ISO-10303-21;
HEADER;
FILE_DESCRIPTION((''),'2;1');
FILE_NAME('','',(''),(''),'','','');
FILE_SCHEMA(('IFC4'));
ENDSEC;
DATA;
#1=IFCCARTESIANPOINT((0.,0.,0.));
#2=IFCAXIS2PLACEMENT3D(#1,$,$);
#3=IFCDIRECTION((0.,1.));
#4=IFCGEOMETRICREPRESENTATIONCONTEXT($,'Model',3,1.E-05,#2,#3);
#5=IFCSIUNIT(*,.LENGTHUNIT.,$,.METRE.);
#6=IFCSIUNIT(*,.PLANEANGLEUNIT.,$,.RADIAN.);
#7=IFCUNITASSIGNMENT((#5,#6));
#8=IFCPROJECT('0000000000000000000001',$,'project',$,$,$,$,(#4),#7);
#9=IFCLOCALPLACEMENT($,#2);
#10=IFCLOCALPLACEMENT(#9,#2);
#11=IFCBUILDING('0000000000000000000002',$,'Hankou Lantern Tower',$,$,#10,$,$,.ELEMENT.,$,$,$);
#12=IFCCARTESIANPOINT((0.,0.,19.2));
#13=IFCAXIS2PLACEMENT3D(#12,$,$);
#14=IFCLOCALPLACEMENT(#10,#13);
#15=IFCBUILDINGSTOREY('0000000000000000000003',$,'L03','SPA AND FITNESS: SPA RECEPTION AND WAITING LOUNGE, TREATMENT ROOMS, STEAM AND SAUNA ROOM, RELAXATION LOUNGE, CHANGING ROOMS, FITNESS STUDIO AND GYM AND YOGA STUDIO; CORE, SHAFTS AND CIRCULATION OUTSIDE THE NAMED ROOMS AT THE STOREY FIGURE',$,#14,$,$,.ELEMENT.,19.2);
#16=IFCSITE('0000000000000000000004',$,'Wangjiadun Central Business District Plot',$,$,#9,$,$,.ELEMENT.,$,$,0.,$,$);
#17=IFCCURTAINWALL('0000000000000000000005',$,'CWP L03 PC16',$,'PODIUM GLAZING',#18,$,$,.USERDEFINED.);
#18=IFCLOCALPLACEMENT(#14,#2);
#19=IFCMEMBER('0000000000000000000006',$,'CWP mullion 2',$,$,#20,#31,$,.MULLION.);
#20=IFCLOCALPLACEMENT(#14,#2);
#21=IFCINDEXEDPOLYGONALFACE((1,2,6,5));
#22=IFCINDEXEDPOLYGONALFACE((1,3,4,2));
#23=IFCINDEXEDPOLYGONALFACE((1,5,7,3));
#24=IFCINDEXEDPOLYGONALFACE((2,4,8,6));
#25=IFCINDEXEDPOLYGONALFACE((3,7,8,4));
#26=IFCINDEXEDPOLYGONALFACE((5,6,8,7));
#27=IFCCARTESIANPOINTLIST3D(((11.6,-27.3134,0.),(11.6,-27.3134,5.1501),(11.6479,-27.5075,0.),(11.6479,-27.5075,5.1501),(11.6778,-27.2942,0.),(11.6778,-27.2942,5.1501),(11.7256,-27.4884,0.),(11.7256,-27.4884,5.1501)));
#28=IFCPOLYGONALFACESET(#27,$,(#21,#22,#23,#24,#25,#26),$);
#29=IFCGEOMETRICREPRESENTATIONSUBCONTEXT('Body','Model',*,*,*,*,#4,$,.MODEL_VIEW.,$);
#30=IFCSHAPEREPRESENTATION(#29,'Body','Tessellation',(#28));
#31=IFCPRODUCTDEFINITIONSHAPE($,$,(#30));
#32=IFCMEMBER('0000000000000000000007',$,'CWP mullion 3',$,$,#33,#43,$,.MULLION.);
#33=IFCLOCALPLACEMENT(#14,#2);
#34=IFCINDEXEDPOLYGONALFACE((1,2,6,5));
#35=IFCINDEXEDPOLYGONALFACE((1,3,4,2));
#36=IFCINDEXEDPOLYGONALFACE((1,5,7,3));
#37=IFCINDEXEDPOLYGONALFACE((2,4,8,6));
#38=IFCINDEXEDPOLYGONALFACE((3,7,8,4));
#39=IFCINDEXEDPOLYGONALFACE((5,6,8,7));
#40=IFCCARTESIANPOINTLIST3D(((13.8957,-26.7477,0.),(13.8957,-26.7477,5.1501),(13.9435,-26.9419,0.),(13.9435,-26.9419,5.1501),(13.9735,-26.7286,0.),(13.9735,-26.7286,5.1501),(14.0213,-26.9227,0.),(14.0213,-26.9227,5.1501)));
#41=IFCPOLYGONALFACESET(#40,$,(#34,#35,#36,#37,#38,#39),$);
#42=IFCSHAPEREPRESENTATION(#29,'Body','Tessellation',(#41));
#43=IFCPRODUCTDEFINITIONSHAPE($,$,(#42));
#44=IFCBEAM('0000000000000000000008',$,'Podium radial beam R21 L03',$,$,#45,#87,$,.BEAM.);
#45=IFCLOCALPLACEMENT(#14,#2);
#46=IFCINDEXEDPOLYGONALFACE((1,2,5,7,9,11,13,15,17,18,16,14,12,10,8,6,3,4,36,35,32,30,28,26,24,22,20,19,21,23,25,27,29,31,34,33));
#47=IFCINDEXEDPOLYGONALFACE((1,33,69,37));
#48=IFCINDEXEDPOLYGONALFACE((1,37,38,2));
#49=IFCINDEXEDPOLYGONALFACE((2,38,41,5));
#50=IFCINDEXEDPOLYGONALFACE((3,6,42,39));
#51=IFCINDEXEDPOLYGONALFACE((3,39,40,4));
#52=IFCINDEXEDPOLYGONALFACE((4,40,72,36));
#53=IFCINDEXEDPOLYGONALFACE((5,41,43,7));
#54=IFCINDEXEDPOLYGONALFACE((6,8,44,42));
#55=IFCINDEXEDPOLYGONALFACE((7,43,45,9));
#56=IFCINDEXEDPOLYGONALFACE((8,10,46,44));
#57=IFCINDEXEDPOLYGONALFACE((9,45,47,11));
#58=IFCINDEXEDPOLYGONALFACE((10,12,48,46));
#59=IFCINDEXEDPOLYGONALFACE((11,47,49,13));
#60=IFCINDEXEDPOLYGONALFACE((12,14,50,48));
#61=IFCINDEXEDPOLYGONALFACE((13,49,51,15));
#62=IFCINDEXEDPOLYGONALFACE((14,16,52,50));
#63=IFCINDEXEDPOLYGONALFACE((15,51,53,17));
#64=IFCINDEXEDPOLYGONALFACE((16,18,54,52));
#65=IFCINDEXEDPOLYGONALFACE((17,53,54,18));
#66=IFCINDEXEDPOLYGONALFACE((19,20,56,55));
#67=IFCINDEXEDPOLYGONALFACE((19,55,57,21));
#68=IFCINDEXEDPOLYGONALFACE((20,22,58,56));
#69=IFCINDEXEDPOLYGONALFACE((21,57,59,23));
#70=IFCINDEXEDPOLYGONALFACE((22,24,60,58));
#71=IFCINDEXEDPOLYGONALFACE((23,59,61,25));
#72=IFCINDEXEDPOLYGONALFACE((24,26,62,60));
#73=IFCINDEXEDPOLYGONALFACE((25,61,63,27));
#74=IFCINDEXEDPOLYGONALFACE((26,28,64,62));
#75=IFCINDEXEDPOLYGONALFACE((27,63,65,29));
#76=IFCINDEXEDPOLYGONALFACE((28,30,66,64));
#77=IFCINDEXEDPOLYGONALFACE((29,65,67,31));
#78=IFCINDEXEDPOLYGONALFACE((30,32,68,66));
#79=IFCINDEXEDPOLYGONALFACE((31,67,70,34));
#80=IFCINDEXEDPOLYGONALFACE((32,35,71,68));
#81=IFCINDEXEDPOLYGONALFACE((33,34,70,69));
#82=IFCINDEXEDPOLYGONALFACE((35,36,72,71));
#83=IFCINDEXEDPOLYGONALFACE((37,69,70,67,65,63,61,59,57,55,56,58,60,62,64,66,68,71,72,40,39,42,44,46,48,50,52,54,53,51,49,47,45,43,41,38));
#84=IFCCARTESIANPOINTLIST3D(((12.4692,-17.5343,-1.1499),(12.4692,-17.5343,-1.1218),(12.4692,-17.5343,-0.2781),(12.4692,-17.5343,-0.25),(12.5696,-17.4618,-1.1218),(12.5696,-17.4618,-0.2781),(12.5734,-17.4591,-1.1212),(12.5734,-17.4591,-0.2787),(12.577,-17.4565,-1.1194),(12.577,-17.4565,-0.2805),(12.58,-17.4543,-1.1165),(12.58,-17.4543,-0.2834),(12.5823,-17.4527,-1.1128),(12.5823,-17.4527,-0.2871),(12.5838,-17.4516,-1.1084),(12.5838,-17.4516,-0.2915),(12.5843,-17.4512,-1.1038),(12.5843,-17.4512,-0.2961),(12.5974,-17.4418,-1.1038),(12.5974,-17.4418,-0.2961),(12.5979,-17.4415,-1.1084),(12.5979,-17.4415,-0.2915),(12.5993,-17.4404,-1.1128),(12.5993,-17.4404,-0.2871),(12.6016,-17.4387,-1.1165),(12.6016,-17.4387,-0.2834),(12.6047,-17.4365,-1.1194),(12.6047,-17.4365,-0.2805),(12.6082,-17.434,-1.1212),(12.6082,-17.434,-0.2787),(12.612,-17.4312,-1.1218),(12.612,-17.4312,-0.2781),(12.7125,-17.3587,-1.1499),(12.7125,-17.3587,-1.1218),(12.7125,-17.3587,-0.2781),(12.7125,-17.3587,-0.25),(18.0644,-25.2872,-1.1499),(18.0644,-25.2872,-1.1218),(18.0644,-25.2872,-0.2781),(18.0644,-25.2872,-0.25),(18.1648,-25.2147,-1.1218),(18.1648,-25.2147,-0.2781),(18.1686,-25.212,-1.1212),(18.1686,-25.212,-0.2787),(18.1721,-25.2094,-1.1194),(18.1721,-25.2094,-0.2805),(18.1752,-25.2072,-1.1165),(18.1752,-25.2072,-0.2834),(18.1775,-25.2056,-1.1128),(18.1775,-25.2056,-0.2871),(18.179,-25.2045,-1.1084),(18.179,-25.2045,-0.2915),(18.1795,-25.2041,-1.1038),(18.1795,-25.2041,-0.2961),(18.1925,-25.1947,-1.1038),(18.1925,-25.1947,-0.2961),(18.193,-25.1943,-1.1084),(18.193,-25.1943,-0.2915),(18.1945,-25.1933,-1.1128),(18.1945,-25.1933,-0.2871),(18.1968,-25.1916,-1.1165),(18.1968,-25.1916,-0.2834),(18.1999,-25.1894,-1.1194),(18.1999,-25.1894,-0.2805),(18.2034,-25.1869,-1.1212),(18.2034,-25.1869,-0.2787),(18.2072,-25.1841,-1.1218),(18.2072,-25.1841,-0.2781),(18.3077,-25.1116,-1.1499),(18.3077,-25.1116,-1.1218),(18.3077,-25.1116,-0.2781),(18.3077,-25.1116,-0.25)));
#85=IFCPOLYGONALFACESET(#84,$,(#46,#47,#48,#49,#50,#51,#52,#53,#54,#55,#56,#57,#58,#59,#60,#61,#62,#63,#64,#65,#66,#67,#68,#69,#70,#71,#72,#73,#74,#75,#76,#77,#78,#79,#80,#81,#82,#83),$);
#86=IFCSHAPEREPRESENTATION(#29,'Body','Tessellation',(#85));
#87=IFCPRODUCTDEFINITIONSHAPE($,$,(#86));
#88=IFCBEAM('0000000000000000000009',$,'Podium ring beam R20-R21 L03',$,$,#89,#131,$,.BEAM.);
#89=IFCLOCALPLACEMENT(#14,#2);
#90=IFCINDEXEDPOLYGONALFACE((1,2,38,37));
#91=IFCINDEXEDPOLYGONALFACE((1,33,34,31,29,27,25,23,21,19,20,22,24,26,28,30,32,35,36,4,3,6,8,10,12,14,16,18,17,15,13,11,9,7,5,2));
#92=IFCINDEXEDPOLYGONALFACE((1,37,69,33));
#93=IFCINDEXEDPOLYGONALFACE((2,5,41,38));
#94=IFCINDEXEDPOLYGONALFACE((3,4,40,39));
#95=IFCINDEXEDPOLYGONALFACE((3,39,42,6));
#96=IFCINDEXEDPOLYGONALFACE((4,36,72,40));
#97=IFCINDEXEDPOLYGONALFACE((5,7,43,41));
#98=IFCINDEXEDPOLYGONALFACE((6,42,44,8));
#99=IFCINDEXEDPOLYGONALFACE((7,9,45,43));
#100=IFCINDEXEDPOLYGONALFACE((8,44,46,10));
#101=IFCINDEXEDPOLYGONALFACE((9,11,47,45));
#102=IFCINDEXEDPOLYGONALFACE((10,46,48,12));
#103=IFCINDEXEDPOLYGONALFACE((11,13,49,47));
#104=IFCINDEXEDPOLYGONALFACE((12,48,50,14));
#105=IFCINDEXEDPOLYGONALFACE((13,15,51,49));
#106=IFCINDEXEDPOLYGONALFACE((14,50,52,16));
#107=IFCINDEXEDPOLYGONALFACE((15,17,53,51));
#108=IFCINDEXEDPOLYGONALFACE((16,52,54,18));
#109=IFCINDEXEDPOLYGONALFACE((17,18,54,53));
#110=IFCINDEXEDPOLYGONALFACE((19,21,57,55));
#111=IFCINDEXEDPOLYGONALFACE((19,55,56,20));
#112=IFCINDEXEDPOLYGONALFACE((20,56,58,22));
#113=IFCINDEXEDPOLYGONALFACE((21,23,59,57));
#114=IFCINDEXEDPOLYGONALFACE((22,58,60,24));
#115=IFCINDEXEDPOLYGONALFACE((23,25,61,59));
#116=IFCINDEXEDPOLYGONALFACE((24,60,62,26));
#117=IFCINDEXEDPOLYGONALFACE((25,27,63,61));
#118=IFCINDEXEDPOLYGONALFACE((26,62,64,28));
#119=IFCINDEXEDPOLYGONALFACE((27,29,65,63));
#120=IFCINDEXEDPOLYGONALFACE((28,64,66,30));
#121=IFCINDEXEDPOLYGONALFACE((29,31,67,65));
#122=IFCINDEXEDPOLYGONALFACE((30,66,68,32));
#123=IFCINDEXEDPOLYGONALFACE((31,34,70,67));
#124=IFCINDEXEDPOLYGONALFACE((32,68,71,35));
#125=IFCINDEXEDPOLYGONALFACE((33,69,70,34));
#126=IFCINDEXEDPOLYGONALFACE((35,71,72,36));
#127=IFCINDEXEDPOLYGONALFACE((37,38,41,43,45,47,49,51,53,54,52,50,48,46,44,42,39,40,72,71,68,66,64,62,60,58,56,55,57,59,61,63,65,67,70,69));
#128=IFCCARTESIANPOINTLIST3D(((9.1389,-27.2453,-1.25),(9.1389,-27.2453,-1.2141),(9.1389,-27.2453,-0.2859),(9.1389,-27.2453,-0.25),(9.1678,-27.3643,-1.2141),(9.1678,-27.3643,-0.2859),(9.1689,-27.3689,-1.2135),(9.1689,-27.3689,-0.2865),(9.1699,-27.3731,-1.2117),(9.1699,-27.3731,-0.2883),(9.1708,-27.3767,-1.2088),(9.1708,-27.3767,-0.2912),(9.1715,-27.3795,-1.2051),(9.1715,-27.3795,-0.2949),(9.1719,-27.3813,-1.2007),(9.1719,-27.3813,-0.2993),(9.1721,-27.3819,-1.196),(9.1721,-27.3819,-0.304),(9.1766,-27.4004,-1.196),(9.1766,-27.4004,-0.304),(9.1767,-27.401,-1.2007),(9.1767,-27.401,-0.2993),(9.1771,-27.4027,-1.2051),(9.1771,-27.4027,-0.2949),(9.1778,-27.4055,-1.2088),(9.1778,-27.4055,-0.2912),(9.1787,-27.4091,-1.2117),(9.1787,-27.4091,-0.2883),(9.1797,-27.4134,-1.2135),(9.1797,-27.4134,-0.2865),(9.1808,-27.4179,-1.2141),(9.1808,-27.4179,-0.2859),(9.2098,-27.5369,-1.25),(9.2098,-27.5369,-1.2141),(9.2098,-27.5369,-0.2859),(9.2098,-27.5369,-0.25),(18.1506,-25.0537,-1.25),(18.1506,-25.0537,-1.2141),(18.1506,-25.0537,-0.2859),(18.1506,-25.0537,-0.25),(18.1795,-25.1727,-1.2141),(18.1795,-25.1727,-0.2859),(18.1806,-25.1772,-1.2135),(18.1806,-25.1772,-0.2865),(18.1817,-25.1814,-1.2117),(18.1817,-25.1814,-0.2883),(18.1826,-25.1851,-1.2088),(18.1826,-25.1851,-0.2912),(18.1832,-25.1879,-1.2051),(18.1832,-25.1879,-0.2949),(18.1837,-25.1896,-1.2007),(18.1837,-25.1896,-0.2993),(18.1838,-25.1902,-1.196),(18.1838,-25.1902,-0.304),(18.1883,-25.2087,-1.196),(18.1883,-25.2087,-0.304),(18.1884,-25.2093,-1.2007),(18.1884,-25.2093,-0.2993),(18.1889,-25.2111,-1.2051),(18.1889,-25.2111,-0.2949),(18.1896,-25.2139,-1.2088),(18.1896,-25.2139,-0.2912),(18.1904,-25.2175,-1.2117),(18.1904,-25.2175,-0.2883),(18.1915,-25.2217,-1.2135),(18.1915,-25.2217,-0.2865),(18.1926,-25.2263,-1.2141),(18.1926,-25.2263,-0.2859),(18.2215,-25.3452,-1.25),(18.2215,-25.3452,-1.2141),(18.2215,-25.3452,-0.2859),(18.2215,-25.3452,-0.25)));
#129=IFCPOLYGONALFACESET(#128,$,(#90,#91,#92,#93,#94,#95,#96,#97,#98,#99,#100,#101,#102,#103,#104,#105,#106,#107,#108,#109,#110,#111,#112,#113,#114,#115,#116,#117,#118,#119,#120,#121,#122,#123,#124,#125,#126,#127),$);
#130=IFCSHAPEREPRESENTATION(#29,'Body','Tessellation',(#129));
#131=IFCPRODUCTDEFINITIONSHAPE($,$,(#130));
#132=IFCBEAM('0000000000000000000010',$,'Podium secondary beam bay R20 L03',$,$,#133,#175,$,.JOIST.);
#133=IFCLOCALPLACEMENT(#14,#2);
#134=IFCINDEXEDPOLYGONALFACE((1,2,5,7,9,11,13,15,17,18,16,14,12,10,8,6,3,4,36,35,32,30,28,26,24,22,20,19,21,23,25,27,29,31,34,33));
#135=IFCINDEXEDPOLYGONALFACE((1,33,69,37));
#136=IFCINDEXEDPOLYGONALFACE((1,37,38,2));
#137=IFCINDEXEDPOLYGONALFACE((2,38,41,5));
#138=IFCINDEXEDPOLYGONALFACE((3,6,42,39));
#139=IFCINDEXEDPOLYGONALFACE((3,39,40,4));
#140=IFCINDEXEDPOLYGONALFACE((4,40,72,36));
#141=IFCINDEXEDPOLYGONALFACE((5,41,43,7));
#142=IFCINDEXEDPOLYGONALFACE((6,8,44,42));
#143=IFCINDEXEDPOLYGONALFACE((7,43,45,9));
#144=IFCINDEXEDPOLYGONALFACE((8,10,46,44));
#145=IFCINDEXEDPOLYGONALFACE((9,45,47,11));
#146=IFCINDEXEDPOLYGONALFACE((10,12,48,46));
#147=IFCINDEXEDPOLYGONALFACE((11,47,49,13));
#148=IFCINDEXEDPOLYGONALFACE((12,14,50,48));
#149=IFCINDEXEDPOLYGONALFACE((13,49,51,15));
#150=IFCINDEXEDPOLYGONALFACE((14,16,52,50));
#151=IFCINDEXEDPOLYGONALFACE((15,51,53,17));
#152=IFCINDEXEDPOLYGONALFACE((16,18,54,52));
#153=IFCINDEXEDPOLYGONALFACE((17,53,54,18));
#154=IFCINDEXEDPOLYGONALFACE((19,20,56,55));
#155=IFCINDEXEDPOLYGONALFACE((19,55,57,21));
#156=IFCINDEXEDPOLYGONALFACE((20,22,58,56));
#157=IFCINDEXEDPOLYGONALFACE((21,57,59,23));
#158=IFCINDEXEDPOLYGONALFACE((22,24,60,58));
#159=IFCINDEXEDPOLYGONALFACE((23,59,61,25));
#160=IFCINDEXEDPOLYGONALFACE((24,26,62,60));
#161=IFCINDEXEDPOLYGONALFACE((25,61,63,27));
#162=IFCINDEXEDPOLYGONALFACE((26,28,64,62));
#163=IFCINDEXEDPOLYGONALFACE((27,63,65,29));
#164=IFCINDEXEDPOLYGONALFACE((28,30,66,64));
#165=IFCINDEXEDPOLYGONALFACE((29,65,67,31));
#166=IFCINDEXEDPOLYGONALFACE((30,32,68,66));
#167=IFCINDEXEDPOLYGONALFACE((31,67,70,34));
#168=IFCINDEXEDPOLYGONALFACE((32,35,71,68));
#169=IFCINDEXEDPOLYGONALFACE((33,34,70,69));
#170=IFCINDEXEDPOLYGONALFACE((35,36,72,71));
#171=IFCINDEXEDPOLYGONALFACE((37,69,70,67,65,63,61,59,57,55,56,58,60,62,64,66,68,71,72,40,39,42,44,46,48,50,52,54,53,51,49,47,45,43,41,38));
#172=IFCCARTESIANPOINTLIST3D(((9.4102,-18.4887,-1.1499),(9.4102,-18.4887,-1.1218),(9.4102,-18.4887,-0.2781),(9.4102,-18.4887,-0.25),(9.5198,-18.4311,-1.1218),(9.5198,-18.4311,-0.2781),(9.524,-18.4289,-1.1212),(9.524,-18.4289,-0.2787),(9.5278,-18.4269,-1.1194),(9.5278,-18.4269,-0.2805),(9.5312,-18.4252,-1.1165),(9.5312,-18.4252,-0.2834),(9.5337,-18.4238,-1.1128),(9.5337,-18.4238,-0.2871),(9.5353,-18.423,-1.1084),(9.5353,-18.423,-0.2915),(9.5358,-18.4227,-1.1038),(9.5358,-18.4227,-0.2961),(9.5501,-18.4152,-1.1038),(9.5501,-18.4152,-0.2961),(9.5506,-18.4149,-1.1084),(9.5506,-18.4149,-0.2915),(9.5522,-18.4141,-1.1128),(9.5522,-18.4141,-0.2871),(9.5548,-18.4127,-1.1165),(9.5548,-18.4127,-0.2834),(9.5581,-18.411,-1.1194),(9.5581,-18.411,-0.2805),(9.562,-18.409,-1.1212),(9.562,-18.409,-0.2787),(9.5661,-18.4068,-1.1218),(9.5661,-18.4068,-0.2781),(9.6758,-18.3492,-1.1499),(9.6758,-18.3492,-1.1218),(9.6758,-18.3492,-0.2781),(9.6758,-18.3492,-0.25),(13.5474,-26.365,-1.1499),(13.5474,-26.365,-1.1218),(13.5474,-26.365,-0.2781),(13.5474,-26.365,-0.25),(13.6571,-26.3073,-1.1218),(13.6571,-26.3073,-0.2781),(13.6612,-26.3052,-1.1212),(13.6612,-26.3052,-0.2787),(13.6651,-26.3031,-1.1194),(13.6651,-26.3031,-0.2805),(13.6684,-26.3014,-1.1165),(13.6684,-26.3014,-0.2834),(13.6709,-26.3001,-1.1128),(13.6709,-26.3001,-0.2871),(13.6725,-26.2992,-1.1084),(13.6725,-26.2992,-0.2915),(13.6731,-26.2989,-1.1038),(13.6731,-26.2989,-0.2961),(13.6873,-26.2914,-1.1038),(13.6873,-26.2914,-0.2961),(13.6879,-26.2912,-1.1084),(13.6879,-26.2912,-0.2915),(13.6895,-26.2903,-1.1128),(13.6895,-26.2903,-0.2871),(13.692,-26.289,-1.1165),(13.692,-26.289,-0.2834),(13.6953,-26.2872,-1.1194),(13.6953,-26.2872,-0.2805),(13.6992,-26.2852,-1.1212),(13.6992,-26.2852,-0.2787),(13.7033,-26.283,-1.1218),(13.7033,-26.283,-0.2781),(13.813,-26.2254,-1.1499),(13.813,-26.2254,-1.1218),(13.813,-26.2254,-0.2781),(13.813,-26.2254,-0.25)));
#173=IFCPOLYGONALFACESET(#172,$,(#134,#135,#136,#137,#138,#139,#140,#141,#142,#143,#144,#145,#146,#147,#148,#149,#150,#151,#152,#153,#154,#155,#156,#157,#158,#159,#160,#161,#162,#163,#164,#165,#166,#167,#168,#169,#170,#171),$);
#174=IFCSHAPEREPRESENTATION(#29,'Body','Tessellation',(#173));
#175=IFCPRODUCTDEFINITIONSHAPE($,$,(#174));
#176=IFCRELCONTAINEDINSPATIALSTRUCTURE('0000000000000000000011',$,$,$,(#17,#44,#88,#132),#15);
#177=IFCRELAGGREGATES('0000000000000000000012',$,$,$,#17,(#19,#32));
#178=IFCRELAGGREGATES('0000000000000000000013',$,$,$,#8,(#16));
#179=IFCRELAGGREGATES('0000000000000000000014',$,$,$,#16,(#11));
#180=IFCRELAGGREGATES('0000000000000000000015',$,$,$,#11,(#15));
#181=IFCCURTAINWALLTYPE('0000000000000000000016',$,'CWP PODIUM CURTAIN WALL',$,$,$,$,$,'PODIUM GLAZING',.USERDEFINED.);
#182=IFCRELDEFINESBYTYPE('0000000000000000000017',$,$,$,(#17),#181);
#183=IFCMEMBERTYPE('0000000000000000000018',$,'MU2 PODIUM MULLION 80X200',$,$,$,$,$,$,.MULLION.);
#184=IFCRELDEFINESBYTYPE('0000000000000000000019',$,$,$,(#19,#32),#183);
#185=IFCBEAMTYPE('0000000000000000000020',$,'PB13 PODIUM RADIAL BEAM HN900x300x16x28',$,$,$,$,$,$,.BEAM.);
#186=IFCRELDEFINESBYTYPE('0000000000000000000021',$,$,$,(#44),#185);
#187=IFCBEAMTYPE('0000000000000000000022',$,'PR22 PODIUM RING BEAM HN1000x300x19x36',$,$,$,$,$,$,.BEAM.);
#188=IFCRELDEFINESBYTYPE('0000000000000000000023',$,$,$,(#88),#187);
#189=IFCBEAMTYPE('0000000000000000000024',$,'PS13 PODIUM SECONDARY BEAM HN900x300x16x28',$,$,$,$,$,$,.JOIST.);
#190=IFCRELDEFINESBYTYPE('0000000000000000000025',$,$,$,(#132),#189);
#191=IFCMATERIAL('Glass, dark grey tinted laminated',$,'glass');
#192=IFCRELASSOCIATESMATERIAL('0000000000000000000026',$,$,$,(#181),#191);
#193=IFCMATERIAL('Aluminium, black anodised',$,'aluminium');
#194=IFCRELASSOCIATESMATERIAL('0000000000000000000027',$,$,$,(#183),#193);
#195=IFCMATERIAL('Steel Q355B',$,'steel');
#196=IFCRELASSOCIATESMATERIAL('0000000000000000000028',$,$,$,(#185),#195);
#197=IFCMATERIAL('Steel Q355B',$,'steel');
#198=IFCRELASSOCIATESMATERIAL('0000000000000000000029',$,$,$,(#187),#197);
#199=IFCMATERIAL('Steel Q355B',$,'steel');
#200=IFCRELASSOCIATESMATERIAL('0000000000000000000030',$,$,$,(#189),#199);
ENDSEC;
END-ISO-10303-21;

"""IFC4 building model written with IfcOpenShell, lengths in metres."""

from ifc_helpers import new_model, si_unit, direction, frame, origin, origin_2d, place, context, subcontext, project, spatial, rectangle, i_section, extrude, material, material_profile, profile_set, type_object, element, aggregate, save


model = new_model("IFC4")

# Units and contexts
model_context = context("Model", 3, precision=1e-05, world=origin(), true_north=direction((0.0, 1.0)))
body_context = subcontext(model_context, "Body", "Model", "MODEL_VIEW")
ifc_project = project(units=[si_unit("LENGTHUNIT", "METRE"), si_unit("PLANEANGLEUNIT", "RADIAN")], contexts=[model_context])

# Site, building, storey
site_placement = place(None, origin())
site = spatial("IfcSite", under=ifc_project, at=site_placement, Name="Wangjiadun Central Business District Plot", CompositionType="ELEMENT", RefElevation=0.0)
building_placement = place(site_placement, origin())
building = spatial("IfcBuilding", under=site, at=building_placement, Name="Hankou Lantern Tower", CompositionType="ELEMENT")
storey_placement = place(building_placement, frame((0.0, 0.0, 19.2)))
storey = spatial("IfcBuildingStorey", under=building, at=storey_placement, Name="L03", Description="SPA AND FITNESS: SPA RECEPTION AND WAITING LOUNGE, TREATMENT ROOMS, STEAM AND SAUNA ROOM, RELAXATION LOUNGE, CHANGING ROOMS, FITNESS STUDIO AND GYM AND YOGA STUDIO; CORE, SHAFTS AND CIRCULATION OUTSIDE THE NAMED ROOMS AT THE STOREY FIGURE", CompositionType="ELEMENT", Elevation=19.2)

# Shared definitions
ifc_material_1 = material(Name="Glass, dark grey tinted laminated", Category="glass")
curtain_wall_type = type_object("IfcCurtainWallType", Name="CWP PODIUM CURTAIN WALL", ElementType="PODIUM GLAZING", PredefinedType="USERDEFINED", material=ifc_material_1)
ifc_material_2 = material(Name="Aluminium, black anodised", Category="aluminium")
ifc_material_profile_1 = material_profile(ifc_material_2, rectangle(XDim=0.0801, YDim=0.2, at=origin_2d()), Name="MU2 80X200")
ifc_profile_set_1 = profile_set([ifc_material_profile_1], Name="Aluminium, black anodised")
member_type_1 = type_object("IfcMemberType", Name="MU2 PODIUM MULLION 80X200", PredefinedType="MULLION", material=ifc_profile_set_1)

# Curtain wall, members
curtain_wall_1_placement = place(storey_placement, origin())
curtain_wall_1 = element("IfcCurtainWall", 1, at=curtain_wall_1_placement, inside=storey, type_object=curtain_wall_type, Name="CWP L03 PC16", ObjectType="PODIUM GLAZING", PredefinedType="USERDEFINED")
member_1_placement = place(storey_placement, frame((11.6628, -27.4009, 0.0), z_axis=(0.0, 0.0, 1.0), x_axis=(0.970961, 0.239238, 0.0)))
member_1 = element("IfcMember", 2, at=member_1_placement, type_object=member_type_1, Name="CWP mullion 2", PredefinedType="MULLION", context=body_context, shape_type="SweptSolid", body=[
    extrude(rectangle(XDim=0.0801, YDim=0.2, at=origin_2d()), origin(), (0.0, 0.0, 1.0), 5.1501),
])
member_2_placement = place(storey_placement, frame((13.9585, -26.8352, 0.0), z_axis=(0.0, 0.0, 1.0), x_axis=(0.970961, 0.239238, 0.0)))
member_2 = element("IfcMember", 3, at=member_2_placement, type_object=member_type_1, Name="CWP mullion 3", PredefinedType="MULLION", context=body_context, shape_type="SweptSolid", body=[
    extrude(rectangle(XDim=0.0801, YDim=0.2, at=origin_2d()), origin(), (0.0, 0.0, 1.0), 5.1501),
])

# Beams
ifc_material_3 = material(Name="Steel Q355B", Category="steel")
ifc_material_profile_2 = material_profile(ifc_material_3, i_section(OverallWidth=0.3, OverallDepth=0.8999, WebThickness=0.0161, FlangeThickness=0.0281, FilletRadius=0.0181, at=origin_2d()), Name="HN900x300x16x28")
ifc_profile_set_2 = profile_set([ifc_material_profile_2], Name="Steel Q355B")
beam_type_1 = type_object("IfcBeamType", Name="PB13 PODIUM RADIAL BEAM HN900x300x16x28", PredefinedType="BEAM", material=ifc_profile_set_2)
beam_1_placement = place(storey_placement, frame((12.5908, -17.4465, -0.7), z_axis=(0.585207, -0.810884, 0.0), x_axis=(0.810884, 0.585207, 0.0)))
element("IfcBeam", 4, at=beam_1_placement, inside=storey, type_object=beam_type_1, Name="Podium radial beam R21 L03", PredefinedType="BEAM", context=body_context, shape_type="SweptSolid", body=[
    extrude(i_section(OverallWidth=0.3, OverallDepth=0.8999, WebThickness=0.0161, FlangeThickness=0.0281, FilletRadius=0.0181, at=origin_2d()), origin(), (0.0, 0.0, 1.0), 9.561),
])
ifc_material_4 = material(Name="Steel Q355B", Category="steel")
ifc_material_profile_3 = material_profile(ifc_material_4, i_section(OverallWidth=0.3, OverallDepth=1.0, WebThickness=0.019, FlangeThickness=0.0359, FilletRadius=0.0181, at=origin_2d()), Name="HN1000x300x19x36")
ifc_profile_set_3 = profile_set([ifc_material_profile_3], Name="Steel Q355B")
beam_type_2 = type_object("IfcBeamType", Name="PR22 PODIUM RING BEAM HN1000x300x19x36", PredefinedType="BEAM", material=ifc_profile_set_3)
beam_2_placement = place(storey_placement, frame((9.1743, -27.3911, -0.75), z_axis=(0.971677, 0.236312, 0.0), x_axis=(-0.236312, 0.971677, 0.0)))
element("IfcBeam", 5, at=beam_2_placement, inside=storey, type_object=beam_type_2, Name="Podium ring beam R20-R21 L03", PredefinedType="BEAM", context=body_context, shape_type="SweptSolid", body=[
    extrude(i_section(OverallWidth=0.3, OverallDepth=1.0, WebThickness=0.019, FlangeThickness=0.0359, FilletRadius=0.0181, at=origin_2d()), origin(), (0.0, 0.0, 1.0), 9.2744),
])
ifc_material_5 = material(Name="Steel Q355B", Category="steel")
ifc_material_profile_4 = material_profile(ifc_material_5, i_section(OverallWidth=0.3, OverallDepth=0.8999, WebThickness=0.0161, FlangeThickness=0.0281, FilletRadius=0.0181, at=origin_2d()), Name="HN900x300x16x28")
ifc_profile_set_4 = profile_set([ifc_material_profile_4], Name="Steel Q355B")
beam_type_3 = type_object("IfcBeamType", Name="PS13 PODIUM SECONDARY BEAM HN900x300x16x28", PredefinedType="JOIST", material=ifc_profile_set_4)
beam_3_placement = place(storey_placement, frame((9.543, -18.4189, -0.7), z_axis=(0.465027, -0.885297, 0.0), x_axis=(0.885297, 0.465027, 0.0)))
element("IfcBeam", 6, at=beam_3_placement, inside=storey, type_object=beam_type_3, Name="Podium secondary beam bay R20 L03", PredefinedType="JOIST", context=body_context, shape_type="SweptSolid", body=[
    extrude(i_section(OverallWidth=0.3, OverallDepth=0.8999, WebThickness=0.0161, FlangeThickness=0.0281, FilletRadius=0.0181, at=origin_2d()), origin(), (0.0, 0.0, 1.0), 8.8967),
])

aggregate(curtain_wall_1, [member_1, member_2])

save(model, "model.ifc")
